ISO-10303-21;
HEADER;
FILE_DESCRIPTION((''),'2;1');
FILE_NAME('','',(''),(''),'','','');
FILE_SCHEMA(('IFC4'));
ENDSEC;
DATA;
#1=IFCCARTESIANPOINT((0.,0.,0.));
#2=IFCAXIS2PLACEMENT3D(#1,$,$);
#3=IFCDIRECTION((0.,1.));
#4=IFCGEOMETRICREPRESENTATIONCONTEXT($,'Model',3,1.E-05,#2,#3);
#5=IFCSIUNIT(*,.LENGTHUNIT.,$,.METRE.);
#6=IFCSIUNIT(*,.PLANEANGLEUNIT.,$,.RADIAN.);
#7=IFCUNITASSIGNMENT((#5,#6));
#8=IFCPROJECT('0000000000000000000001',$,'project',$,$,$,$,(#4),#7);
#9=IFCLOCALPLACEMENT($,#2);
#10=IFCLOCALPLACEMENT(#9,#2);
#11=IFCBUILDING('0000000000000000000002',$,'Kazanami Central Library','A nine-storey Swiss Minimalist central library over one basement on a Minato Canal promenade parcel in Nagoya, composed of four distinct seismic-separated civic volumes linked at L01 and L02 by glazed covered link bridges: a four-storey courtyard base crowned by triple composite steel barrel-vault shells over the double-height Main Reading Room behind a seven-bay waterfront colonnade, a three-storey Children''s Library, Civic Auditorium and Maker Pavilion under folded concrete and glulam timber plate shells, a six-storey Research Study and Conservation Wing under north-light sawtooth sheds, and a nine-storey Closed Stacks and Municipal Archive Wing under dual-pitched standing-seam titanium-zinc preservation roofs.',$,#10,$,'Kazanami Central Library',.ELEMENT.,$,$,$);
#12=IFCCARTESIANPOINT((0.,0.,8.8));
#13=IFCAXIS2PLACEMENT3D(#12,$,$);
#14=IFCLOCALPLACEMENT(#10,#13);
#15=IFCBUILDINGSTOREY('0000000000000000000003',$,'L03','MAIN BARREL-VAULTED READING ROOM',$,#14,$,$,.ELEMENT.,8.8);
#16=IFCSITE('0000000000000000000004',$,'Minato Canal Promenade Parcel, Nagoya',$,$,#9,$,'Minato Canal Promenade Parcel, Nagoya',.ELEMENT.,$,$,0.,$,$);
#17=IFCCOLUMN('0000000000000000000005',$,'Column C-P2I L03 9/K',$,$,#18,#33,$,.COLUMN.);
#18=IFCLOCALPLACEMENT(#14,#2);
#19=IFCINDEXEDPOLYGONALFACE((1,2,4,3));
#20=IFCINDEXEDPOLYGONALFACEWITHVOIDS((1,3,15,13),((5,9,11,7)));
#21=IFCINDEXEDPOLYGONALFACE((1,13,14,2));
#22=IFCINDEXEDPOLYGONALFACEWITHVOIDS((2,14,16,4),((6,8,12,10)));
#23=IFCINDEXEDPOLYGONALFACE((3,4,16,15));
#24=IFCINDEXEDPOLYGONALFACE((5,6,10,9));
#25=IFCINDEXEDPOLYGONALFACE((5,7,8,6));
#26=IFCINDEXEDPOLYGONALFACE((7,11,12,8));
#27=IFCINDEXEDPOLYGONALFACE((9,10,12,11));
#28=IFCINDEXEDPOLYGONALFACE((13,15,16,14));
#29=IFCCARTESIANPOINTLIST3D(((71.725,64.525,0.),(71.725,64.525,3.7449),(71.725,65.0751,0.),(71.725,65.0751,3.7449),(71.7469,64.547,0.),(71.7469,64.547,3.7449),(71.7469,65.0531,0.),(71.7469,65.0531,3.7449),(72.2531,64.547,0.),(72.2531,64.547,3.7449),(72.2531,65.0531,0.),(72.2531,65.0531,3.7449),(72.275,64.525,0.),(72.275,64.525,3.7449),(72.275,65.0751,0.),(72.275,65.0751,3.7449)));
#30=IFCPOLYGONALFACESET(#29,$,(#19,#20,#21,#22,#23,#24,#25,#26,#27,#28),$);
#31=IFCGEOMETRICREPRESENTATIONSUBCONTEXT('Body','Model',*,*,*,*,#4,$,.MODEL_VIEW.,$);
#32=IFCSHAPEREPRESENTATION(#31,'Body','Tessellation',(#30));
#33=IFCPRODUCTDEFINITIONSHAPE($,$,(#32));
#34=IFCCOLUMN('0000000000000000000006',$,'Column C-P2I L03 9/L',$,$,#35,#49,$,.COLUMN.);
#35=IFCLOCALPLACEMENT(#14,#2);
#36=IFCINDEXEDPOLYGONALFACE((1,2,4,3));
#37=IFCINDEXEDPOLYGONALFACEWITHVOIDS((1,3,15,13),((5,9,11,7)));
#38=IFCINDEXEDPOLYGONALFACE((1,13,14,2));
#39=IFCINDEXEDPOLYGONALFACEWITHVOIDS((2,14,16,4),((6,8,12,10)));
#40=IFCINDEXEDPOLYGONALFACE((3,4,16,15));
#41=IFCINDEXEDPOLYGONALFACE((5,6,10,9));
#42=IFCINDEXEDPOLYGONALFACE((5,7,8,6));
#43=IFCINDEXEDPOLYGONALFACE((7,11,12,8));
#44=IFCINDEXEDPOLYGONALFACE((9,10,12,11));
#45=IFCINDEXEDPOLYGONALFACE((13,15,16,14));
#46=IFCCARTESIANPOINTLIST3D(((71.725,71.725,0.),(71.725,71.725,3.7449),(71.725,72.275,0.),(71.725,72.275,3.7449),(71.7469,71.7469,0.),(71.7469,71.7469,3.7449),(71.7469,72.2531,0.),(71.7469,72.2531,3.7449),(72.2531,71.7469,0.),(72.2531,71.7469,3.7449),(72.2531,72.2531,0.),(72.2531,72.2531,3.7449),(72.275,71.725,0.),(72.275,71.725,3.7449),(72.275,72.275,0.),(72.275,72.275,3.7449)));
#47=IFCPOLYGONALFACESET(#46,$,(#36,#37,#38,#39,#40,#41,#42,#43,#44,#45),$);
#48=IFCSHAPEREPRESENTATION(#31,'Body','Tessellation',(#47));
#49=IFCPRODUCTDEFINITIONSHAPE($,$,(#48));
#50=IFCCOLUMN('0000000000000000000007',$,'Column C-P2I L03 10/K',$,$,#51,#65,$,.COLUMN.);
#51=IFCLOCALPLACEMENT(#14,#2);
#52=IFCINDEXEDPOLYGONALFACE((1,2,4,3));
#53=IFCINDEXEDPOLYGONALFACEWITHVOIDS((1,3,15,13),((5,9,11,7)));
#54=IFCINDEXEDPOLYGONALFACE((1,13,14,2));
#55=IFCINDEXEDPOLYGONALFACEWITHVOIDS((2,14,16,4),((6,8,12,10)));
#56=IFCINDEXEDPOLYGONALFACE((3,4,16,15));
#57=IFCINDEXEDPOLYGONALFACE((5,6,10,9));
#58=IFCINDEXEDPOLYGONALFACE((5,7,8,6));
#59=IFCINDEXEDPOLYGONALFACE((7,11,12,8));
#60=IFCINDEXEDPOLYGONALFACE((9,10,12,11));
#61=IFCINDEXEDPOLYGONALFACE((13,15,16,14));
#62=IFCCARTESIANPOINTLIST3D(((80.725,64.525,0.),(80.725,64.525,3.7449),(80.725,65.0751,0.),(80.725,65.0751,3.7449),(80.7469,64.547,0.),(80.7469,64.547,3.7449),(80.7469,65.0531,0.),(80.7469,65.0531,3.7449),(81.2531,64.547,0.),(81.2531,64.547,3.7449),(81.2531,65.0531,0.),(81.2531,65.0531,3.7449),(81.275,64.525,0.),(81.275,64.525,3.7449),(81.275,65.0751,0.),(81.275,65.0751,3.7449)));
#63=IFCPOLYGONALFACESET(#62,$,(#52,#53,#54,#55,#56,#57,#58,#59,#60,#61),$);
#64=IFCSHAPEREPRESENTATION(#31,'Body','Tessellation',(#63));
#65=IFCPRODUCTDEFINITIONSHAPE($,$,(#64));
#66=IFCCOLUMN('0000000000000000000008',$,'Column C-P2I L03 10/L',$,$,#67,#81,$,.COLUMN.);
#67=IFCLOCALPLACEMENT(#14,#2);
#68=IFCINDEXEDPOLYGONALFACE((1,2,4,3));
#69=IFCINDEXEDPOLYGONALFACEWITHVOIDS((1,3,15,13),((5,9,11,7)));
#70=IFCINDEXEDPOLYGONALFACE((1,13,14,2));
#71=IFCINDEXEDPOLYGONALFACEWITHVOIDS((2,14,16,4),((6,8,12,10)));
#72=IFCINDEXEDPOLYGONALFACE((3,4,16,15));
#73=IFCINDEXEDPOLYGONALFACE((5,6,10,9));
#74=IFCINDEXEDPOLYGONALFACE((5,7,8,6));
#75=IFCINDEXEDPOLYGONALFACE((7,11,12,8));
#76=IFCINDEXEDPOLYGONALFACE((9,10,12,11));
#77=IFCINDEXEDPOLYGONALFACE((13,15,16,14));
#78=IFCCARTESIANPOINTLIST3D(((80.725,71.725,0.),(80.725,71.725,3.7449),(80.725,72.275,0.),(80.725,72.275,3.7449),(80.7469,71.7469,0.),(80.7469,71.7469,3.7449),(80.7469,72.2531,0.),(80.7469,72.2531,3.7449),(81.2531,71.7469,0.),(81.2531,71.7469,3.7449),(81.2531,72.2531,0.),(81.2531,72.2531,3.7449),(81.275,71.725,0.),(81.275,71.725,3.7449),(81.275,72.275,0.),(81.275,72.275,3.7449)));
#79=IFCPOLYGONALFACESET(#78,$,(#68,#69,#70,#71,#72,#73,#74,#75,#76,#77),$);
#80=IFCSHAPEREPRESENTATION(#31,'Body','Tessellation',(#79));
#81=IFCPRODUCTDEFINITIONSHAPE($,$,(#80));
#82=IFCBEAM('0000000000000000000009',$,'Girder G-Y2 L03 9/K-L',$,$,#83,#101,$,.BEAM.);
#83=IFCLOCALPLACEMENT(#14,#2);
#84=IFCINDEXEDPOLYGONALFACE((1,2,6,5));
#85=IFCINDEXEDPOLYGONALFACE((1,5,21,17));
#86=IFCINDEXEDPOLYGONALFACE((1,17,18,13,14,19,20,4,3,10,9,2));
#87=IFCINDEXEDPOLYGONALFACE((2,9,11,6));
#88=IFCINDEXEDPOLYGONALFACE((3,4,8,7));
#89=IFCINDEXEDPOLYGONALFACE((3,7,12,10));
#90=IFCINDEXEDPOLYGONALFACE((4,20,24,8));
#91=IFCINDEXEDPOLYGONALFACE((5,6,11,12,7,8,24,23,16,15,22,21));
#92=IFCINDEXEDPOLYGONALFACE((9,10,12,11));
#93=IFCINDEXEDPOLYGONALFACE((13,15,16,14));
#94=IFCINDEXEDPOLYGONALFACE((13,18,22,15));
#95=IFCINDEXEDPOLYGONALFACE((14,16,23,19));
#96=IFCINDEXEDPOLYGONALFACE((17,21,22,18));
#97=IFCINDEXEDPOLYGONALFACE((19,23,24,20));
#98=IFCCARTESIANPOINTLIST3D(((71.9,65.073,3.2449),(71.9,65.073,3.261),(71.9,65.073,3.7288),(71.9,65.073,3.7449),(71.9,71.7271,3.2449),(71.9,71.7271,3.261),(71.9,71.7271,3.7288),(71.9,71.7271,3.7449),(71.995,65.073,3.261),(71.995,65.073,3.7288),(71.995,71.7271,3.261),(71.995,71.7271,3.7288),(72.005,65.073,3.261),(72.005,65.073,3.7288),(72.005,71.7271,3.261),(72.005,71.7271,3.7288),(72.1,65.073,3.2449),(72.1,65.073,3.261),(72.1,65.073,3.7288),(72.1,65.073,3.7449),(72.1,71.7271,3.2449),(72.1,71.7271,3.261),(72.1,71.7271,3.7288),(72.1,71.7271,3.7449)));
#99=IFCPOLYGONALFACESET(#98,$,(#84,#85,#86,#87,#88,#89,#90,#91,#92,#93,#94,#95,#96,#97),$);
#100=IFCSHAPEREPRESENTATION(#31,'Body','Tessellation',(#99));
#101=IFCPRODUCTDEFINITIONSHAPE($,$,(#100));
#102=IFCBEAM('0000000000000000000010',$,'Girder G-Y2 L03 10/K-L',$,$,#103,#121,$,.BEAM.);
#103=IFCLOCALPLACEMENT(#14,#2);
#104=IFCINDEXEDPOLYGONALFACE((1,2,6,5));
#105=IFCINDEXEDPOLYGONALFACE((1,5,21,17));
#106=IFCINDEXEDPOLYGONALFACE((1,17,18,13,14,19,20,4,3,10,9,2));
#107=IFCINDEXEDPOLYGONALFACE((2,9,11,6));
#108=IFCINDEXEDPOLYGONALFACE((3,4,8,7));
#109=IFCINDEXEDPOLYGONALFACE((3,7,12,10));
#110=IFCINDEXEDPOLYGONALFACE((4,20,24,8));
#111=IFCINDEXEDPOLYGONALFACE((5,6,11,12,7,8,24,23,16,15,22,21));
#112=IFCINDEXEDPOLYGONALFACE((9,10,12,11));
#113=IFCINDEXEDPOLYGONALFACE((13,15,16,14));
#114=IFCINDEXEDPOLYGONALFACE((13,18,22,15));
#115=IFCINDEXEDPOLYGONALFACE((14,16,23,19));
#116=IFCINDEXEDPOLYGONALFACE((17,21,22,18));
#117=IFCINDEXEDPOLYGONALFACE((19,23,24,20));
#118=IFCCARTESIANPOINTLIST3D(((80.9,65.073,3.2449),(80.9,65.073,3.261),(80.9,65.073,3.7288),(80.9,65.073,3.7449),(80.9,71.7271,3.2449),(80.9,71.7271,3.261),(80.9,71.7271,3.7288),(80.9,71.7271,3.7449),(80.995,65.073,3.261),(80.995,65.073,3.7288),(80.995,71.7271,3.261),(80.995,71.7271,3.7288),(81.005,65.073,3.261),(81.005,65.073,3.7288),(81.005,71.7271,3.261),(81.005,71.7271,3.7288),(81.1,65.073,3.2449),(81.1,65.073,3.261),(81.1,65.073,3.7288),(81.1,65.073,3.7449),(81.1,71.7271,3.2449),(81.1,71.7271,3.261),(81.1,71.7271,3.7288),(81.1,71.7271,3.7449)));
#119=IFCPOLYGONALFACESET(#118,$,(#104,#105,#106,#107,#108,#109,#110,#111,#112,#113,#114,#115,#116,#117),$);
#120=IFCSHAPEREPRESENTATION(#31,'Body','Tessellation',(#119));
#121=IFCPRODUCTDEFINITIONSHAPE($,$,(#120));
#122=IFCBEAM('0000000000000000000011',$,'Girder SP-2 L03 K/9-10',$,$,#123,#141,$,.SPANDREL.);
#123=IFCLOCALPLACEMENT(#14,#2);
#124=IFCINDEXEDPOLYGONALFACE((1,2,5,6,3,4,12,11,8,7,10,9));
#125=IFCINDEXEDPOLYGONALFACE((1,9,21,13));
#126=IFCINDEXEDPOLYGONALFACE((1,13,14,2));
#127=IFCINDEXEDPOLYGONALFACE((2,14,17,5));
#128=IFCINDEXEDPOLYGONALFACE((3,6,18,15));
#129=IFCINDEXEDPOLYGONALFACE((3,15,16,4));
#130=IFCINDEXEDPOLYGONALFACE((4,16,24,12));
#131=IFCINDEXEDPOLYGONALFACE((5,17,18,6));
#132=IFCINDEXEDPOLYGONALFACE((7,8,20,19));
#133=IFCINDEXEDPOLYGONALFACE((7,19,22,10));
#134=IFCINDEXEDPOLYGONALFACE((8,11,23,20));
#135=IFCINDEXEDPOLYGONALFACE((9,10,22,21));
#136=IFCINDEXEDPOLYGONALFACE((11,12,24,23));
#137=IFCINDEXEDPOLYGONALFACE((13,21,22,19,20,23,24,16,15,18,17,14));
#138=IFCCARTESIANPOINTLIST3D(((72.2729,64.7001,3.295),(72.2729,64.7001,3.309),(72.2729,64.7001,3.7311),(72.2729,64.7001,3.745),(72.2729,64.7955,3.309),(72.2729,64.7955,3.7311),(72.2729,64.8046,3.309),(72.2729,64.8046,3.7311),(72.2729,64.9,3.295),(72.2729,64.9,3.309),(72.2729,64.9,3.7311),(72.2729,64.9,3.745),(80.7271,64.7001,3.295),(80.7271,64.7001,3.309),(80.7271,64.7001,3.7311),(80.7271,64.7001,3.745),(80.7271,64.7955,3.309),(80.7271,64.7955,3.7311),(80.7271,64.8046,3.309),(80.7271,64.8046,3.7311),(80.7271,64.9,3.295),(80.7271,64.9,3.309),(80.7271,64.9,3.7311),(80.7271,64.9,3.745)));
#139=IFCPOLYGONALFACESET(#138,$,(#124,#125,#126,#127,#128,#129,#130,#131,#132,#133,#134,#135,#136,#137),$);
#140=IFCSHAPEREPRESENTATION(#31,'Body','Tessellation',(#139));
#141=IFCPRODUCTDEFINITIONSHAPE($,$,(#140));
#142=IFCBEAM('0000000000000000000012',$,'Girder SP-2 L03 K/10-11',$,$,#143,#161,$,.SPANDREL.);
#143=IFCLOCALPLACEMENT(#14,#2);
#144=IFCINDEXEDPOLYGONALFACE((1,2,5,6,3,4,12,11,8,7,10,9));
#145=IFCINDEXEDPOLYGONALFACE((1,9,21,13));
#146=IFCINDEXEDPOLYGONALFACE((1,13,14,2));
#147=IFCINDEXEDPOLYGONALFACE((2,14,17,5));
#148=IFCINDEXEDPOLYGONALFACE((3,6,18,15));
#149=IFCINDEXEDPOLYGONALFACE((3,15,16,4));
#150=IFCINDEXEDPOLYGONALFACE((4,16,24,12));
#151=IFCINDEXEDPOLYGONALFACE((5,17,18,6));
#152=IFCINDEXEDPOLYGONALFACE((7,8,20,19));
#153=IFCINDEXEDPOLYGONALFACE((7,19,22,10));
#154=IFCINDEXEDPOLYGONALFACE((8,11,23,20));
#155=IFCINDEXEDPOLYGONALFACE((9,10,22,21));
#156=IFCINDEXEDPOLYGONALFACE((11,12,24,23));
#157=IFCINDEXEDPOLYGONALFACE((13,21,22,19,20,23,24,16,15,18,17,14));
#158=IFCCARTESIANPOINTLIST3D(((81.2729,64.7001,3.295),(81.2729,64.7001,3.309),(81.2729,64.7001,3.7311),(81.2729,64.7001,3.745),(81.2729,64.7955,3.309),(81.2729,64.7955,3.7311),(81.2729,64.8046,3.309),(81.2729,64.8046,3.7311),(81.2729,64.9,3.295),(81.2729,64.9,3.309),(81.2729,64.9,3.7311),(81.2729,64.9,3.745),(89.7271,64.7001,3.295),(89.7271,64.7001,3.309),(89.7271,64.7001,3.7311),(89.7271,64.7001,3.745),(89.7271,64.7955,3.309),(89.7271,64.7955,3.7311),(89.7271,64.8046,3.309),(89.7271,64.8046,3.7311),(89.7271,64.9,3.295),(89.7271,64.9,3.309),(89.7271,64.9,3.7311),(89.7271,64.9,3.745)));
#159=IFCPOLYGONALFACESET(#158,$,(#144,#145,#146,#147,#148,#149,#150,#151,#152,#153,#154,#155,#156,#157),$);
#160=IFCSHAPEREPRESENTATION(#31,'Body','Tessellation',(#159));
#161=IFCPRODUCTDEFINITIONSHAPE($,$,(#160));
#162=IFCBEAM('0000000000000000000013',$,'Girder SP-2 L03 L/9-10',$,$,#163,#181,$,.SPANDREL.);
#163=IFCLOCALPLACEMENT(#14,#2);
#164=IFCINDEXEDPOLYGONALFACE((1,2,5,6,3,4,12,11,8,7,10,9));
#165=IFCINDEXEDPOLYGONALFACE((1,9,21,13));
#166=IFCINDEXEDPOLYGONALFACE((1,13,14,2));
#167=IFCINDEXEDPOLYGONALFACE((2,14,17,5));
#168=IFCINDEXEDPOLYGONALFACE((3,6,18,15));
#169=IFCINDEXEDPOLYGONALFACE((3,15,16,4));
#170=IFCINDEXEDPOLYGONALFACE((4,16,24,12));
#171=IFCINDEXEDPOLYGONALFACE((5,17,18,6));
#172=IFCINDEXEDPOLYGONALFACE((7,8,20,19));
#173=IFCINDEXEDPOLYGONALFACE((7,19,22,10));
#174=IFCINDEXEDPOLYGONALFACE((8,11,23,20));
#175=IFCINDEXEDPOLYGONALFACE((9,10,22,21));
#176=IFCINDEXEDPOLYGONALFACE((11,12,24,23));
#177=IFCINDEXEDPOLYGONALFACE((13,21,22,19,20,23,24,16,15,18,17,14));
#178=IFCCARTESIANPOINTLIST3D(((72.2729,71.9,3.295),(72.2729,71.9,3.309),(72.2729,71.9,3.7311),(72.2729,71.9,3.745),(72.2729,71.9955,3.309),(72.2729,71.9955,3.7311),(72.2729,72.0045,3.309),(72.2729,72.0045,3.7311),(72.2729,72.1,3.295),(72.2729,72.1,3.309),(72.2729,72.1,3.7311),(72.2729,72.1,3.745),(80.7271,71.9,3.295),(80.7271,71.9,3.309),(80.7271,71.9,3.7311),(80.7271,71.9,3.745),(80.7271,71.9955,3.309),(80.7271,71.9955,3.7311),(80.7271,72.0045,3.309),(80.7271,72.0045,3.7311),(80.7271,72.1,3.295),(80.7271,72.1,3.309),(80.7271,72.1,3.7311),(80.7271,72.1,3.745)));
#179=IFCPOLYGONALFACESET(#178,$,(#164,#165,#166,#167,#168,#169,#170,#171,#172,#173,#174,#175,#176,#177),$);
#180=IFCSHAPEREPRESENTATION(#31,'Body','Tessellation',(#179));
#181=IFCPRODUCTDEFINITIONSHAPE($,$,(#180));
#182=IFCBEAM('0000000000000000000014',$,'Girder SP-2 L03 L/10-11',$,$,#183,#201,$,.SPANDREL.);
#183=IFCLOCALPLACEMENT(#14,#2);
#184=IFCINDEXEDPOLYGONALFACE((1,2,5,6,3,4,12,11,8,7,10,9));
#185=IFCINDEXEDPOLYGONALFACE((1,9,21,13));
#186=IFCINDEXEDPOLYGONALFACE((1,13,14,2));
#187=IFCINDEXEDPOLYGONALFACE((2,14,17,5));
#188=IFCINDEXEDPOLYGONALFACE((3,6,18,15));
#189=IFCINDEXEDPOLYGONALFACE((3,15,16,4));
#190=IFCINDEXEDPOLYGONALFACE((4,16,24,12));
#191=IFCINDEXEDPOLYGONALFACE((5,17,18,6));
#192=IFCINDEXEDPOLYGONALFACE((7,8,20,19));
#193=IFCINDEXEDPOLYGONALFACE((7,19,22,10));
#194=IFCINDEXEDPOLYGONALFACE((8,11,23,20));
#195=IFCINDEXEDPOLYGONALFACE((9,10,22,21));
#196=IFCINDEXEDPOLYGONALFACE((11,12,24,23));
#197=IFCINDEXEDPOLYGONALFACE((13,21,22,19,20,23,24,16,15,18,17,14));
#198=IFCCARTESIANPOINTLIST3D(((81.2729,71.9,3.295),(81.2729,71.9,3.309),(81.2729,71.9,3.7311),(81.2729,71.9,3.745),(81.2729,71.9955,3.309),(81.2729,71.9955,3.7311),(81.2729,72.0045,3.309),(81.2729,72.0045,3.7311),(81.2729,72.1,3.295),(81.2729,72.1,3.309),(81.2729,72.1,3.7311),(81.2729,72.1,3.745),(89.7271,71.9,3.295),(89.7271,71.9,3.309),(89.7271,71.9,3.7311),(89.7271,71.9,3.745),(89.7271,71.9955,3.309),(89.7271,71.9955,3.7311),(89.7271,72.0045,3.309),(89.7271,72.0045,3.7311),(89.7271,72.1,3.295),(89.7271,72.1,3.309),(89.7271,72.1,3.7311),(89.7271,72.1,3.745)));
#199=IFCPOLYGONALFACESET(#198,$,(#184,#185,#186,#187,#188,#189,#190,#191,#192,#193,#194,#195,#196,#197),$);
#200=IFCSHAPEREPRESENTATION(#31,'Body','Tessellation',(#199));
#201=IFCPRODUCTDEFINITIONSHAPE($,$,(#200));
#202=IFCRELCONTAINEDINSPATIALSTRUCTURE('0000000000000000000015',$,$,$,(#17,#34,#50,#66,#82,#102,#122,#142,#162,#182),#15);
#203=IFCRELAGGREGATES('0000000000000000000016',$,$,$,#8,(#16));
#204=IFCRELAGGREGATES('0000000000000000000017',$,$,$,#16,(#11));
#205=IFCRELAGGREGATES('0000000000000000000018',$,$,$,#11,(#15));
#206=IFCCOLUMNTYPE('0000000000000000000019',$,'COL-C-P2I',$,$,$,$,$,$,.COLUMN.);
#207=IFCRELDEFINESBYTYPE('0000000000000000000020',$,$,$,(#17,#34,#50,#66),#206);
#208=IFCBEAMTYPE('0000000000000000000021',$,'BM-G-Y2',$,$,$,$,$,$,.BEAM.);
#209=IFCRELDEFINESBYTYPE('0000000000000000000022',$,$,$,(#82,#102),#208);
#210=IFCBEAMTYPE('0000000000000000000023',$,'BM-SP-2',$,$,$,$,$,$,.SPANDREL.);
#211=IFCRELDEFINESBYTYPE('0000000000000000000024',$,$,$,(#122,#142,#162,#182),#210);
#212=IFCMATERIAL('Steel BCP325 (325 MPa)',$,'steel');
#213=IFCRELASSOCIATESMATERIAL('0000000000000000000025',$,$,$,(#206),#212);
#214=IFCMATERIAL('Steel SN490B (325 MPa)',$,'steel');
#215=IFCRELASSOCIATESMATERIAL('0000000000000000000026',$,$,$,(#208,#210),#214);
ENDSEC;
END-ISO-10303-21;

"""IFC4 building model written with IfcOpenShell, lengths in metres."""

from ifc_helpers import new_model, si_unit, direction, frame, origin, origin_2d, place, context, subcontext, project, spatial, hollow_rectangle, i_section, extrude, material, material_profile, profile_set, type_object, element, save


model = new_model("IFC4")

# Units and contexts
model_context = context("Model", 3, precision=1e-05, world=origin(), true_north=direction((0.0, 1.0)))
body_context = subcontext(model_context, "Body", "Model", "MODEL_VIEW")
ifc_project = project(units=[si_unit("LENGTHUNIT", "METRE"), si_unit("PLANEANGLEUNIT", "RADIAN")], contexts=[model_context])

# Site, building, storey
site_placement = place(None, origin())
site = spatial("IfcSite", under=ifc_project, at=site_placement, Name="Minato Canal Promenade Parcel, Nagoya", LongName="Minato Canal Promenade Parcel, Nagoya", CompositionType="ELEMENT", RefElevation=0.0)
building_placement = place(site_placement, origin())
building = spatial("IfcBuilding", under=site, at=building_placement, Name="Kazanami Central Library", Description="A nine-storey Swiss Minimalist central library over one basement on a Minato Canal promenade parcel in Nagoya, composed of four distinct seismic-separated civic volumes linked at L01 and L02 by glazed covered link bridges: a four-storey courtyard base crowned by triple composite steel barrel-vault shells over the double-height Main Reading Room behind a seven-bay waterfront colonnade, a three-storey Children's Library, Civic Auditorium and Maker Pavilion under folded concrete and glulam timber plate shells, a six-storey Research Study and Conservation Wing under north-light sawtooth sheds, and a nine-storey Closed Stacks and Municipal Archive Wing under dual-pitched standing-seam titanium-zinc preservation roofs.", LongName="Kazanami Central Library", CompositionType="ELEMENT")
storey_placement = place(building_placement, frame((0.0, 0.0, 8.8)))
storey = spatial("IfcBuildingStorey", under=building, at=storey_placement, Name="L03", Description="MAIN BARREL-VAULTED READING ROOM", CompositionType="ELEMENT", Elevation=8.8)

# Columns
ifc_material_1 = material(Name="Steel BCP325 (325 MPa)", Category="steel")
ifc_material_profile_1 = material_profile(ifc_material_1, hollow_rectangle(XDim=0.55, YDim=0.55, WallThickness=0.022, at=origin_2d()), Name="BCP-550x550x22")
ifc_profile_set_1 = profile_set([ifc_material_profile_1], Name="Steel BCP325 (325 MPa)")
column_type = type_object("IfcColumnType", Name="COL-C-P2I", PredefinedType="COLUMN", material=ifc_profile_set_1)
for number, where, z_axis, x_axis, name in (
    (1, (72.0, 64.8, 0.0), (0.0, 0.0, 1.0), (1.0, 0.0, 0.0), "Column C-P2I L03 9/K"),
    (2, (72.0, 72.0, 0.0), (0.0, 0.0, 1.0), (1.0, 0.0, 0.0), "Column C-P2I L03 9/L"),
    (3, (81.0, 64.8, 0.0), (0.0, 0.0, 1.0), (1.0, 0.0, 0.0), "Column C-P2I L03 10/K"),
    (4, (81.0, 72.0, 0.0), (0.0, 0.0, 1.0), (1.0, 0.0, 0.0), "Column C-P2I L03 10/L"),
):
    element("IfcColumn", number, at=place(storey_placement, frame(where, z_axis=z_axis, x_axis=x_axis)), inside=storey, type_object=column_type, Name=name, PredefinedType="COLUMN", context=body_context, shape_type="SweptSolid", body=[
        extrude(hollow_rectangle(XDim=0.55, YDim=0.55, WallThickness=0.022, at=origin_2d()), origin(), (0.0, 0.0, 1.0), 3.7449),
    ])

# Beams
ifc_material_2 = material(Name="Steel SN490B (325 MPa)", Category="steel")
ifc_material_profile_2 = material_profile(ifc_material_2, i_section(OverallWidth=0.2, OverallDepth=0.5, WebThickness=0.01, FlangeThickness=0.0161, at=origin_2d()), Name="H-500x200x10x16")
ifc_profile_set_2 = profile_set([ifc_material_profile_2], Name="Steel SN490B (325 MPa)")
beam_type_1 = type_object("IfcBeamType", Name="BM-G-Y2", PredefinedType="BEAM", material=ifc_profile_set_2)
for number, where, z_axis, x_axis, name in (
    (5, (72.0, 65.073, 3.4949), (0.0, 1.0, 0.0), (-1.0, 0.0, 0.0), "Girder G-Y2 L03 9/K-L"),
    (6, (81.0, 65.073, 3.4949), (0.0, 1.0, 0.0), (-1.0, 0.0, 0.0), "Girder G-Y2 L03 10/K-L"),
):
    element("IfcBeam", number, at=place(storey_placement, frame(where, z_axis=z_axis, x_axis=x_axis)), inside=storey, type_object=beam_type_1, Name=name, PredefinedType="BEAM", context=body_context, shape_type="SweptSolid", body=[
        extrude(i_section(OverallWidth=0.2, OverallDepth=0.5, WebThickness=0.01, FlangeThickness=0.0161, at=origin_2d()), origin(), (0.0, 0.0, 1.0), 6.6541),
    ])
ifc_material_profile_3 = material_profile(ifc_material_2, i_section(OverallWidth=0.2, OverallDepth=0.45, WebThickness=0.009, FlangeThickness=0.0139, at=origin_2d()), Name="H-450x200x9x14")
ifc_profile_set_3 = profile_set([ifc_material_profile_3], Name="Steel SN490B (325 MPa)")
beam_type_2 = type_object("IfcBeamType", Name="BM-SP-2", PredefinedType="SPANDREL", material=ifc_profile_set_3)
for number, where, z_axis, x_axis, name in (
    (7, (72.2729, 64.8, 3.52), (1.0, 0.0, 0.0), (0.0, 1.0, 0.0), "Girder SP-2 L03 K/9-10"),
    (8, (81.2729, 64.8, 3.52), (1.0, 0.0, 0.0), (0.0, 1.0, 0.0), "Girder SP-2 L03 K/10-11"),
    (9, (72.2729, 72.0, 3.52), (1.0, 0.0, 0.0), (0.0, 1.0, 0.0), "Girder SP-2 L03 L/9-10"),
    (10, (81.2729, 72.0, 3.52), (1.0, 0.0, 0.0), (0.0, 1.0, 0.0), "Girder SP-2 L03 L/10-11"),
):
    element("IfcBeam", number, at=place(storey_placement, frame(where, z_axis=z_axis, x_axis=x_axis)), inside=storey, type_object=beam_type_2, Name=name, PredefinedType="SPANDREL", context=body_context, shape_type="SweptSolid", body=[
        extrude(i_section(OverallWidth=0.2, OverallDepth=0.45, WebThickness=0.009, FlangeThickness=0.0139, at=origin_2d()), origin(), (0.0, 0.0, 1.0), 8.4541),
    ])

save(model, "model.ifc")
